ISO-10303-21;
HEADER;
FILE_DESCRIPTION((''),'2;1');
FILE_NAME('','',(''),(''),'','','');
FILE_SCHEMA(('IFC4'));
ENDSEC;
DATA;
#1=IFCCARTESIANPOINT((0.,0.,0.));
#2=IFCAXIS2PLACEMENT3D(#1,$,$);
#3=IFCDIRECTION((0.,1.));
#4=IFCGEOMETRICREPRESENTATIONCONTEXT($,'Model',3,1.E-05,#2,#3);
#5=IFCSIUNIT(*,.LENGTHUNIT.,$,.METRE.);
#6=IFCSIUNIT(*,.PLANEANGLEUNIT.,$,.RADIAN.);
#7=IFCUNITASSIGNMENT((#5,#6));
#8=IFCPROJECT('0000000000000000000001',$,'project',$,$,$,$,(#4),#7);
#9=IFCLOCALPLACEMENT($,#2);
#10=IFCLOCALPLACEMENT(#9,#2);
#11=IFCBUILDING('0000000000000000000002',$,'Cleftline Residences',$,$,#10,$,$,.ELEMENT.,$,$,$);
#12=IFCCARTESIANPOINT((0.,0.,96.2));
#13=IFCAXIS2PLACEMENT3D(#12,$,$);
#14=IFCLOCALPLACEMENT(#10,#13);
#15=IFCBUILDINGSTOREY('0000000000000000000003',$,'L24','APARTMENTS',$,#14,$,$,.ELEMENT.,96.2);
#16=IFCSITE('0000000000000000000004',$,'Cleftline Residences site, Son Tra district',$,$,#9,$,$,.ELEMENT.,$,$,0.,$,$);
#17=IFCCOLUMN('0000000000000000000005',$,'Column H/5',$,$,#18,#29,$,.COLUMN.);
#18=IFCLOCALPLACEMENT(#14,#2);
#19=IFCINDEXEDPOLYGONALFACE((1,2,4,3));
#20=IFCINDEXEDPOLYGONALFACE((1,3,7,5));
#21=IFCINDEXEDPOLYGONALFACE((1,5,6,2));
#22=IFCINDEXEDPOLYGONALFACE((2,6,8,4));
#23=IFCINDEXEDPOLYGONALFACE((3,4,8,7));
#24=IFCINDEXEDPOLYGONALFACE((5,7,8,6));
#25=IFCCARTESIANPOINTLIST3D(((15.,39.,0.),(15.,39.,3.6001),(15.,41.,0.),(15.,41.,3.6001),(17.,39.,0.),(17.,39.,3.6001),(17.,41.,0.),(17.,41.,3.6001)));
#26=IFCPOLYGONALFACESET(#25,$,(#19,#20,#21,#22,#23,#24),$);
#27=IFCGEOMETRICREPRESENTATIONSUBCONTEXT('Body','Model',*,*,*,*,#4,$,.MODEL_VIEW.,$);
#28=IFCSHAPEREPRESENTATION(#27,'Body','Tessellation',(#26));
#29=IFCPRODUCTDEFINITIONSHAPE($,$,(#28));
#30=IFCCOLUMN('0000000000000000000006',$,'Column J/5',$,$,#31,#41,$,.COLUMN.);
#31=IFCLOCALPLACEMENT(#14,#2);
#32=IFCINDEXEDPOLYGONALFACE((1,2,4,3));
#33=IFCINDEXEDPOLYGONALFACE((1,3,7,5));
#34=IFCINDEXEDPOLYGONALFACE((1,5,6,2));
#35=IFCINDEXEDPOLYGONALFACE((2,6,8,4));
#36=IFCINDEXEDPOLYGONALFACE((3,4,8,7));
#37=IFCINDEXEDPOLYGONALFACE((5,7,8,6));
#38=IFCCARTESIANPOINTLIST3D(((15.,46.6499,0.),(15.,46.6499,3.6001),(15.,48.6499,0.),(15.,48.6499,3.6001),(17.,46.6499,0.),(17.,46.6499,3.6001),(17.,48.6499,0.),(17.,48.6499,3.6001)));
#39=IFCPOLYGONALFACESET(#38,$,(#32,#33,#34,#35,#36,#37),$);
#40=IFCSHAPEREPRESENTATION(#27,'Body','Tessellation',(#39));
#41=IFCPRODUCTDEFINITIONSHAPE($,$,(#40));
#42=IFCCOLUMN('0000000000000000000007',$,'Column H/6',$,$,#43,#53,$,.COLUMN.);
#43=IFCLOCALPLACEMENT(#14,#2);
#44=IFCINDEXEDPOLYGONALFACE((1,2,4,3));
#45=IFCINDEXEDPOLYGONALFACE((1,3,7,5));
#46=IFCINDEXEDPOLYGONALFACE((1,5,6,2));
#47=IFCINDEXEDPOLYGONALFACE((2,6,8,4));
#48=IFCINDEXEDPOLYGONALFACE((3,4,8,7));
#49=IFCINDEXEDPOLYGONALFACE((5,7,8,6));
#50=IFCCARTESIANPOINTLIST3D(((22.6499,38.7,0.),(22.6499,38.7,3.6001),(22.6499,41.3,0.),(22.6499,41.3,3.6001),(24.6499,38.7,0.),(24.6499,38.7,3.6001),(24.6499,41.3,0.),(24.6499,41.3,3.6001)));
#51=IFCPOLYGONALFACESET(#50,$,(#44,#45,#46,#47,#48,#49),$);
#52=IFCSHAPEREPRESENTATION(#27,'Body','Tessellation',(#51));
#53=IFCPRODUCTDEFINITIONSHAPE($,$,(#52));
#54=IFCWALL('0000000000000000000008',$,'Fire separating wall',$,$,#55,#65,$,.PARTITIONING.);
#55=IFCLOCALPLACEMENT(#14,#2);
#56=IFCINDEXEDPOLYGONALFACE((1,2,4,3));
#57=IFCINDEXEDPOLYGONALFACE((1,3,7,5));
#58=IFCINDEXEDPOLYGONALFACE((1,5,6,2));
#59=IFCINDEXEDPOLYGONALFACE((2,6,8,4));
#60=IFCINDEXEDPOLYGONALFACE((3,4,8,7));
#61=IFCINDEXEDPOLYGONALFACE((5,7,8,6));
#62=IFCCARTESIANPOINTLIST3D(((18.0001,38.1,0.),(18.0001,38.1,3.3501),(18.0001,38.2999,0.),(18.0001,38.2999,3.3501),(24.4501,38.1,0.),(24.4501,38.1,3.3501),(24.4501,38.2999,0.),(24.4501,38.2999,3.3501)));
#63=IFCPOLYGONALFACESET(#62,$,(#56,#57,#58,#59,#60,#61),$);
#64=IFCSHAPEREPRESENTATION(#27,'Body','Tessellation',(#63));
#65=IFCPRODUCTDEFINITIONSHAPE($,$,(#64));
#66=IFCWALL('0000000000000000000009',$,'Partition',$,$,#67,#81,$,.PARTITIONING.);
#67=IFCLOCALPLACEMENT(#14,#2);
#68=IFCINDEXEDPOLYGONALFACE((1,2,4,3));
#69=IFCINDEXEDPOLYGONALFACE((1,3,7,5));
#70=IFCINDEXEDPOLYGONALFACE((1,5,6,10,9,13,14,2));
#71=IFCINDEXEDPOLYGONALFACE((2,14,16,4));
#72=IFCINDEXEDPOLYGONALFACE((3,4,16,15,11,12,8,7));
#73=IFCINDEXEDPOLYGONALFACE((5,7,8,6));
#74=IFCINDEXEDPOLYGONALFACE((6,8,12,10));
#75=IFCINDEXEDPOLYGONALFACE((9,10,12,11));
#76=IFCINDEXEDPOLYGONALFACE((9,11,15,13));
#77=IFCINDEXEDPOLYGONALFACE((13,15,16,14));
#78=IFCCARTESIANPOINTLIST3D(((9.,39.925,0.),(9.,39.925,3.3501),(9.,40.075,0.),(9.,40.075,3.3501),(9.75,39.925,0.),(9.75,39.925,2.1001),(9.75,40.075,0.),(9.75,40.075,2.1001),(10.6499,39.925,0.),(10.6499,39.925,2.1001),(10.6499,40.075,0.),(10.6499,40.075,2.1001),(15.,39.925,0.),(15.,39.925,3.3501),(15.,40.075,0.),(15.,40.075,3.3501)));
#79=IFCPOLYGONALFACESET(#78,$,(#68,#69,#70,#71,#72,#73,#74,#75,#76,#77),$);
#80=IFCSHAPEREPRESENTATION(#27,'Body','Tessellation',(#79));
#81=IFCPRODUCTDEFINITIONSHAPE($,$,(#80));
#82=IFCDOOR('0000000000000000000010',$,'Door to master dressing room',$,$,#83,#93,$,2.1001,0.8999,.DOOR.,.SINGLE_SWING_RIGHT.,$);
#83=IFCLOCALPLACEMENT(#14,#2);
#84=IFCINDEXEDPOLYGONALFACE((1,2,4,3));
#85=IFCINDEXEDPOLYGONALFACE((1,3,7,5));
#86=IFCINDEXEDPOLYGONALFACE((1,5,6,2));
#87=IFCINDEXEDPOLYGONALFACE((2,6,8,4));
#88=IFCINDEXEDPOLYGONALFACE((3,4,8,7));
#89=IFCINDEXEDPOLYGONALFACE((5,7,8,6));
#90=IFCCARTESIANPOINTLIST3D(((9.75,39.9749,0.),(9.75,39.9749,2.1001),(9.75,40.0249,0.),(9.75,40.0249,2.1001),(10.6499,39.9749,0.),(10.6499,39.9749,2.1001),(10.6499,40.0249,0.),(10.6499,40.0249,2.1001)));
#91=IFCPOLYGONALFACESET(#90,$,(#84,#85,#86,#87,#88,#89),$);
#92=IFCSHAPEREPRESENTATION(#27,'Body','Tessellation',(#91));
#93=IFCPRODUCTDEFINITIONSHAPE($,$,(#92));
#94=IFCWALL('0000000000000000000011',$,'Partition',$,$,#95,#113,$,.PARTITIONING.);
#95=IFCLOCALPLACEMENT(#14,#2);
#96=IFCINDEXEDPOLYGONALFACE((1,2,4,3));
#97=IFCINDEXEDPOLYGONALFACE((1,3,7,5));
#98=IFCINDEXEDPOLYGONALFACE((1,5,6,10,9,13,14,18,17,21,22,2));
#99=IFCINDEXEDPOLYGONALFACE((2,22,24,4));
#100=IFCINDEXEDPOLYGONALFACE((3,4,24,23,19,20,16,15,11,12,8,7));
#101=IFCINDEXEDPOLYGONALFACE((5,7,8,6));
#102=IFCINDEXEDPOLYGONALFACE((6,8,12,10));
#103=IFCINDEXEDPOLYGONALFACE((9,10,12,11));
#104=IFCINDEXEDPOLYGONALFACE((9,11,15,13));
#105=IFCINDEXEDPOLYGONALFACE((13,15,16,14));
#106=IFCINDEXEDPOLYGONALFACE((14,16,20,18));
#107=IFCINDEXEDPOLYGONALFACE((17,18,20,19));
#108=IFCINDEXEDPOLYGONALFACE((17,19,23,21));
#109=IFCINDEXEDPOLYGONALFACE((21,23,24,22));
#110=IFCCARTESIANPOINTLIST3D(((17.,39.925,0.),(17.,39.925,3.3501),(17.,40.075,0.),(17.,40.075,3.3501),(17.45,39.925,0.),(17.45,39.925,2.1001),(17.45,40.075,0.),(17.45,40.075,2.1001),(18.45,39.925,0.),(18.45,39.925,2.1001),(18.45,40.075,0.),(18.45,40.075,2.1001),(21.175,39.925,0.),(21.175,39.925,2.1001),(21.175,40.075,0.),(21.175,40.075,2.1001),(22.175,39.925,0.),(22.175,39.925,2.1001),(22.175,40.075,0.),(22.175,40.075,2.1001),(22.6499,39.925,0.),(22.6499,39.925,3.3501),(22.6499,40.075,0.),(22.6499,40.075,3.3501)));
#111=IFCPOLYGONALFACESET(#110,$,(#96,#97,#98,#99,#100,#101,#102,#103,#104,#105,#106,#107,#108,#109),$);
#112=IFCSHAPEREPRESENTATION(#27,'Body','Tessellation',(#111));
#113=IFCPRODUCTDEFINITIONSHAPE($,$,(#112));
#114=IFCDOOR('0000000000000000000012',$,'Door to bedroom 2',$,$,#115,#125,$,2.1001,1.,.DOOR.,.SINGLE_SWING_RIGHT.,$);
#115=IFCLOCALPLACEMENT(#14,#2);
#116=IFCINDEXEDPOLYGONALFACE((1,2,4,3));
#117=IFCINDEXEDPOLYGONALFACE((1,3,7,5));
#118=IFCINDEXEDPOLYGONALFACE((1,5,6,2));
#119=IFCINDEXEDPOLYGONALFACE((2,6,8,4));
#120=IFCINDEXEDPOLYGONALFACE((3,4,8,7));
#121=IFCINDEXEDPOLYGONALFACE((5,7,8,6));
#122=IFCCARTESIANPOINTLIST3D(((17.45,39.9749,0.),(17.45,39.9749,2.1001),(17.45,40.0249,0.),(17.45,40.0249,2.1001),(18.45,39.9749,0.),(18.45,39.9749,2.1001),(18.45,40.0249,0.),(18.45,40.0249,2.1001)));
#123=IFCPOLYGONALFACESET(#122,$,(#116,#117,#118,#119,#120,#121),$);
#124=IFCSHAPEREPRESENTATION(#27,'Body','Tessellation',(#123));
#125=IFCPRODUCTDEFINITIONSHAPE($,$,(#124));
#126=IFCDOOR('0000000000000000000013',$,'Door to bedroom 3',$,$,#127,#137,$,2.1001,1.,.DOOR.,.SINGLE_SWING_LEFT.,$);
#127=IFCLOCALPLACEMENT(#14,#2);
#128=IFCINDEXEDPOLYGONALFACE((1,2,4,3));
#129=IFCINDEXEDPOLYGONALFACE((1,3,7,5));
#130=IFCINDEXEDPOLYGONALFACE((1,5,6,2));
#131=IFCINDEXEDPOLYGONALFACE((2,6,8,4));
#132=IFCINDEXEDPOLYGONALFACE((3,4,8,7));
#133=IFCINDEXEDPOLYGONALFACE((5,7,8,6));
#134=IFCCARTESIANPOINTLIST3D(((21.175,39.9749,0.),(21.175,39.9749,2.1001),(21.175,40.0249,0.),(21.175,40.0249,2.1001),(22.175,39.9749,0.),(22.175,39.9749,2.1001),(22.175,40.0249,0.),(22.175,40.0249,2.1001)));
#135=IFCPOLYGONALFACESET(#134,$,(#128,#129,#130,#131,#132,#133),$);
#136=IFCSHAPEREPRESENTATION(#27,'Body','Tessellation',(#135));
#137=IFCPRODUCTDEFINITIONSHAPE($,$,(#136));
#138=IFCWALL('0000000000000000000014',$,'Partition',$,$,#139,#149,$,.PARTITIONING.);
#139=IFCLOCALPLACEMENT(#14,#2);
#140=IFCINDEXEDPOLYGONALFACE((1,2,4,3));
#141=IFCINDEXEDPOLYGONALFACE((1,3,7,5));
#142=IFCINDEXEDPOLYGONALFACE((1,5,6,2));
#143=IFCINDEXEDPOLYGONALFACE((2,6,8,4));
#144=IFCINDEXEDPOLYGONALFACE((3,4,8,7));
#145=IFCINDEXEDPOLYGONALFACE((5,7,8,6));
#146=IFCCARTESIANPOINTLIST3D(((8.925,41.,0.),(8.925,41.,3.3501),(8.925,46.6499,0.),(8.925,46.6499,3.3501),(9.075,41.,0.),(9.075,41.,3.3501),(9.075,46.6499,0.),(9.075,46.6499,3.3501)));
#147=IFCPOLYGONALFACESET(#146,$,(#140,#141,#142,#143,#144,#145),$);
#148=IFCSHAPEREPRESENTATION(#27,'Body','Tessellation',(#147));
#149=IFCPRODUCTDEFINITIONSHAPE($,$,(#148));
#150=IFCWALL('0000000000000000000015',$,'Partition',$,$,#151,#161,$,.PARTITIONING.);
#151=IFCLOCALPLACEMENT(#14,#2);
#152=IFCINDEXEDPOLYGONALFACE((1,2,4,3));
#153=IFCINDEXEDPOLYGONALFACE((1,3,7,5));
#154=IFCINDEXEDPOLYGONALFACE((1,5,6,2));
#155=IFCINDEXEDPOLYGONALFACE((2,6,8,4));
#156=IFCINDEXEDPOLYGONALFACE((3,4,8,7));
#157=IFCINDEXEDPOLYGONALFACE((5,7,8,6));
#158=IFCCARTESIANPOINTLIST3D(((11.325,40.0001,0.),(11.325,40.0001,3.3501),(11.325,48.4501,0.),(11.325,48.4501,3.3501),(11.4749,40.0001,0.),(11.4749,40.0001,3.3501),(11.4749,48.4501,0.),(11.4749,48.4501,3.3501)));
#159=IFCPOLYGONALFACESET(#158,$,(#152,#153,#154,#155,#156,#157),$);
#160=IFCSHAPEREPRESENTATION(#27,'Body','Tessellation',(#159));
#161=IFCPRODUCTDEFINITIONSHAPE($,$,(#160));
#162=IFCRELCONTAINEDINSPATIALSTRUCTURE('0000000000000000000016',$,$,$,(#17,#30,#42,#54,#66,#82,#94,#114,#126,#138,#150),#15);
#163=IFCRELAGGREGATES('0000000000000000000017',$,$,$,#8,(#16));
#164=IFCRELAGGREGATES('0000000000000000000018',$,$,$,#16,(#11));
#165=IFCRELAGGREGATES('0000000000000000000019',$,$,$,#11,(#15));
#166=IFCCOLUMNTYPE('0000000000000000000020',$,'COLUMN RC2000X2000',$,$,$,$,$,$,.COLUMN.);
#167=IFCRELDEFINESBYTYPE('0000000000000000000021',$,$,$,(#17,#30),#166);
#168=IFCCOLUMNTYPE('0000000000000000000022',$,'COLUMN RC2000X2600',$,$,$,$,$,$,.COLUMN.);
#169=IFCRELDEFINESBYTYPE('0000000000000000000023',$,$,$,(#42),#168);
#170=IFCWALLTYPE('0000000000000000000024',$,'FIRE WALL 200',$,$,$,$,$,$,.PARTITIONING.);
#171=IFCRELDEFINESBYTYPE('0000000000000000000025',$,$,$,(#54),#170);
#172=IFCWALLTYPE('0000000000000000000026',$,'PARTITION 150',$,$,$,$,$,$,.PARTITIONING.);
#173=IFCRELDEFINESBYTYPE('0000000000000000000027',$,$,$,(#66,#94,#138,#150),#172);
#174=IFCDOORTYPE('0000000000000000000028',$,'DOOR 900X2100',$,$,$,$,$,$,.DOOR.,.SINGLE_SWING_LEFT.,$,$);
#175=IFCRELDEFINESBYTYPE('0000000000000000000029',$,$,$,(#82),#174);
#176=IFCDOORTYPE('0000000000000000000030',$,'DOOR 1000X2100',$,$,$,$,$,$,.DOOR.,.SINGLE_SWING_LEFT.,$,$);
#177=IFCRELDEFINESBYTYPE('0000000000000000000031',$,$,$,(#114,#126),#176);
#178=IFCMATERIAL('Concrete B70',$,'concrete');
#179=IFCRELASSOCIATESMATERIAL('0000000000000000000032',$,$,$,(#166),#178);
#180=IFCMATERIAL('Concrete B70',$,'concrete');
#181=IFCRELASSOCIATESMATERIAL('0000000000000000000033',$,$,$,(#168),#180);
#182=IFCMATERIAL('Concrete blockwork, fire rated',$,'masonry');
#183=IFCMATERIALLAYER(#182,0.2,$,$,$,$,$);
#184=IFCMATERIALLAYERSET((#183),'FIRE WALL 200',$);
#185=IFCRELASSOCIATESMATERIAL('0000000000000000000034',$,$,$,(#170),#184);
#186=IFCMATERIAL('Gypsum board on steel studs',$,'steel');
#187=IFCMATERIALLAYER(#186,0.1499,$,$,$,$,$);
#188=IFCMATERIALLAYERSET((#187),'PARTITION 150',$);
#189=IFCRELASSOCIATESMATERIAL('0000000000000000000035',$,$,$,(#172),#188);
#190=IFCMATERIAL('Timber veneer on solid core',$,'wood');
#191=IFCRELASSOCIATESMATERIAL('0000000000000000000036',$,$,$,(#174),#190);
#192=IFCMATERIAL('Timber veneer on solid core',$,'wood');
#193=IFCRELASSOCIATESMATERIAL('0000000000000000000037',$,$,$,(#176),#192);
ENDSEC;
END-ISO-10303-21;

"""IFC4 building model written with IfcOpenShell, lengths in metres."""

from ifc_helpers import new_model, si_unit, direction, frame, frame_2d, origin, origin_2d, place, context, subcontext, project, spatial, rectangle, extrude, material, layer, layer_set, material_profile, profile_set, type_object, element, fill, save


model = new_model("IFC4")

# Units and contexts
model_context = context("Model", 3, precision=1e-05, world=origin(), true_north=direction((0.0, 1.0)))
body_context = subcontext(model_context, "Body", "Model", "MODEL_VIEW")
ifc_project = project(units=[si_unit("LENGTHUNIT", "METRE"), si_unit("PLANEANGLEUNIT", "RADIAN")], contexts=[model_context])

# Site, building, storey
site_placement = place(None, origin())
site = spatial("IfcSite", under=ifc_project, at=site_placement, Name="Cleftline Residences site, Son Tra district", CompositionType="ELEMENT", RefElevation=0.0)
building_placement = place(site_placement, origin())
building = spatial("IfcBuilding", under=site, at=building_placement, Name="Cleftline Residences", CompositionType="ELEMENT")
storey_placement = place(building_placement, frame((0.0, 0.0, 96.2)))
storey = spatial("IfcBuildingStorey", under=building, at=storey_placement, Name="L24", Description="APARTMENTS", CompositionType="ELEMENT", Elevation=96.2)

# Columns
ifc_material_1 = material(Name="Concrete B70", Category="concrete")
ifc_material_profile_1 = material_profile(ifc_material_1, rectangle(XDim=2.0, YDim=2.0, at=origin_2d()))
ifc_profile_set_1 = profile_set([ifc_material_profile_1], Name="Concrete B70")
column_type_1 = type_object("IfcColumnType", Name="COLUMN RC2000X2000", PredefinedType="COLUMN", material=ifc_profile_set_1)
for number, where, z_axis, x_axis, name in (
    (1, (16.0, 40.0, 0.0), (0.0, 0.0, 1.0), (1.0, 0.0, 0.0), "Column H/5"),
    (2, (16.0, 47.6499, 0.0), (0.0, 0.0, 1.0), (1.0, 0.0, 0.0), "Column J/5"),
):
    element("IfcColumn", number, at=place(storey_placement, frame(where, z_axis=z_axis, x_axis=x_axis)), inside=storey, type_object=column_type_1, Name=name, PredefinedType="COLUMN", context=body_context, shape_type="SweptSolid", body=[
        extrude(rectangle(XDim=2.0, YDim=2.0, at=origin_2d()), origin(), (0.0, 0.0, 1.0), 3.6001),
    ])
ifc_material_2 = material(Name="Concrete B70", Category="concrete")
ifc_material_profile_2 = material_profile(ifc_material_2, rectangle(XDim=2.0, YDim=2.6001, at=origin_2d()))
ifc_profile_set_2 = profile_set([ifc_material_profile_2], Name="Concrete B70")
column_type_2 = type_object("IfcColumnType", Name="COLUMN RC2000X2600", PredefinedType="COLUMN", material=ifc_profile_set_2)
column_placement = place(storey_placement, frame((23.6499, 40.0, 0.0), z_axis=(0.0, 0.0, 1.0), x_axis=(1.0, 0.0, 0.0)))
element("IfcColumn", 3, at=column_placement, inside=storey, type_object=column_type_2, Name="Column H/6", PredefinedType="COLUMN", context=body_context, shape_type="SweptSolid", body=[
    extrude(rectangle(XDim=2.0, YDim=2.6001, at=origin_2d()), origin(), (0.0, 0.0, 1.0), 3.6001),
])

# Wall
ifc_material_3 = material(Name="Concrete blockwork, fire rated", Category="masonry")
ifc_layer_1 = layer(ifc_material_3, 0.2)
ifc_layer_set_1 = layer_set([ifc_layer_1], Name="FIRE WALL 200")
wall_type_1 = type_object("IfcWallType", Name="FIRE WALL 200", PredefinedType="PARTITIONING", material=ifc_layer_set_1)
wall_1_placement = place(storey_placement, frame((18.0, 38.2, 0.0), z_axis=(0.0, 0.0, 1.0), x_axis=(1.0, 0.0, 0.0)))
element("IfcWall", 4, at=wall_1_placement, inside=storey, type_object=wall_type_1, Name="Fire separating wall", PredefinedType="PARTITIONING", context=body_context, shape_type="SweptSolid", body=[
    extrude(rectangle(XDim=6.45, YDim=0.2, at=frame_2d((3.2251, 0.0))), origin(), (0.0, 0.0, 1.0), 3.3501),
])

# Wall, opening, door
ifc_material_4 = material(Name="Gypsum board on steel studs", Category="steel")
ifc_layer_2 = layer(ifc_material_4, 0.1499)
ifc_layer_set_2 = layer_set([ifc_layer_2], Name="PARTITION 150")
wall_type_2 = type_object("IfcWallType", Name="PARTITION 150", PredefinedType="PARTITIONING", material=ifc_layer_set_2)
wall_2_placement = place(storey_placement, frame((9.0, 40.0, 0.0), z_axis=(0.0, 0.0, 1.0), x_axis=(1.0, 0.0, 0.0)))
wall_2 = element("IfcWall", 5, at=wall_2_placement, inside=storey, type_object=wall_type_2, Name="Partition", PredefinedType="PARTITIONING", context=body_context, shape_type="SweptSolid", body=[
    extrude(rectangle(XDim=6.0, YDim=0.1499, at=frame_2d((3.0, 0.0))), origin(), (0.0, 0.0, 1.0), 3.3501),
])
opening_1_placement = place(wall_2_placement, frame((0.75, 0.0, 0.0)))
opening_1 = element("IfcOpeningElement", 6, at=opening_1_placement, cuts=wall_2, PredefinedType="OPENING", context=body_context, shape_type="SweptSolid", body=[
    extrude(rectangle(XDim=0.8999, YDim=2.1001, at=frame_2d((0.45, 1.05))), frame((0.0, 0.085, 0.0), z_axis=(0.0, -1.0, 0.0), x_axis=(1.0, 0.0, 0.0)), (0.0, 0.0, 1.0), 0.1699),
])
ifc_material_5 = material(Name="Timber veneer on solid core", Category="wood")
door_type_1 = type_object("IfcDoorType", Name="DOOR 900X2100", OperationType="SINGLE_SWING_LEFT", PredefinedType="DOOR", material=ifc_material_5)
door_1_placement = place(opening_1_placement, origin())
door_1 = element("IfcDoor", 7, at=door_1_placement, inside=storey, type_object=door_type_1, Name="Door to master dressing room", OperationType="SINGLE_SWING_RIGHT", OverallHeight=2.1001, OverallWidth=0.8999, PredefinedType="DOOR", context=body_context, shape_type="SweptSolid", body=[
    extrude(rectangle(XDim=0.8999, YDim=2.1001, at=frame_2d((0.45, 1.05))), frame((0.0, 0.0249, 0.0), z_axis=(0.0, -1.0, 0.0), x_axis=(1.0, 0.0, 0.0)), (0.0, 0.0, 1.0), 0.05),
])
fill(opening_1, door_1)

# Wall, openings, doors
wall_3_placement = place(storey_placement, frame((17.0, 40.0, 0.0), z_axis=(0.0, 0.0, 1.0), x_axis=(1.0, 0.0, 0.0)))
wall_3 = element("IfcWall", 8, at=wall_3_placement, inside=storey, type_object=wall_type_2, Name="Partition", PredefinedType="PARTITIONING", context=body_context, shape_type="SweptSolid", body=[
    extrude(rectangle(XDim=5.6499, YDim=0.1499, at=frame_2d((2.825, 0.0))), origin(), (0.0, 0.0, 1.0), 3.3501),
])
opening_2_placement = place(wall_3_placement, frame((0.45, 0.0, 0.0)))
opening_2 = element("IfcOpeningElement", 9, at=opening_2_placement, cuts=wall_3, PredefinedType="OPENING", context=body_context, shape_type="SweptSolid", body=[
    extrude(rectangle(XDim=1.0, YDim=2.1001, at=frame_2d((0.5, 1.05))), frame((0.0, 0.085, 0.0), z_axis=(0.0, -1.0, 0.0), x_axis=(1.0, 0.0, 0.0)), (0.0, 0.0, 1.0), 0.1699),
])
opening_3_placement = place(wall_3_placement, frame((4.175, 0.0, 0.0)))
opening_3 = element("IfcOpeningElement", 10, at=opening_3_placement, cuts=wall_3, PredefinedType="OPENING", context=body_context, shape_type="SweptSolid", body=[
    extrude(rectangle(XDim=1.0, YDim=2.1001, at=frame_2d((0.5, 1.05))), frame((0.0, 0.085, 0.0), z_axis=(0.0, -1.0, 0.0), x_axis=(1.0, 0.0, 0.0)), (0.0, 0.0, 1.0), 0.1699),
])
ifc_material_6 = material(Name="Timber veneer on solid core", Category="wood")
door_type_2 = type_object("IfcDoorType", Name="DOOR 1000X2100", OperationType="SINGLE_SWING_LEFT", PredefinedType="DOOR", material=ifc_material_6)
door_2_placement = place(opening_2_placement, origin())
door_2 = element("IfcDoor", 11, at=door_2_placement, inside=storey, type_object=door_type_2, Name="Door to bedroom 2", OperationType="SINGLE_SWING_RIGHT", OverallHeight=2.1001, OverallWidth=1.0, PredefinedType="DOOR", context=body_context, shape_type="SweptSolid", body=[
    extrude(rectangle(XDim=1.0, YDim=2.1001, at=frame_2d((0.5, 1.05))), frame((0.0, 0.0249, 0.0), z_axis=(0.0, -1.0, 0.0), x_axis=(1.0, 0.0, 0.0)), (0.0, 0.0, 1.0), 0.05),
])
fill(opening_2, door_2)
door_3_placement = place(opening_3_placement, origin())
door_3 = element("IfcDoor", 12, at=door_3_placement, inside=storey, type_object=door_type_2, Name="Door to bedroom 3", OperationType="SINGLE_SWING_LEFT", OverallHeight=2.1001, OverallWidth=1.0, PredefinedType="DOOR", context=body_context, shape_type="SweptSolid", body=[
    extrude(rectangle(XDim=1.0, YDim=2.1001, at=frame_2d((0.5, 1.05))), frame((0.0, 0.0249, 0.0), z_axis=(0.0, -1.0, 0.0), x_axis=(1.0, 0.0, 0.0)), (0.0, 0.0, 1.0), 0.05),
])
fill(opening_3, door_3)

# Walls
wall_4_placement = place(storey_placement, frame((9.0, 41.0, 0.0), z_axis=(0.0, 0.0, 1.0), x_axis=(0.0, 1.0, 0.0)))
element("IfcWall", 13, at=wall_4_placement, inside=storey, type_object=wall_type_2, Name="Partition", PredefinedType="PARTITIONING", context=body_context, shape_type="SweptSolid", body=[
    extrude(rectangle(XDim=5.6499, YDim=0.1499, at=frame_2d((2.825, 0.0))), origin(), (0.0, 0.0, 1.0), 3.3501),
])
wall_5_placement = place(storey_placement, frame((11.3999, 40.0, 0.0), z_axis=(0.0, 0.0, 1.0), x_axis=(0.0, 1.0, 0.0)))
element("IfcWall", 14, at=wall_5_placement, inside=storey, type_object=wall_type_2, Name="Partition", PredefinedType="PARTITIONING", context=body_context, shape_type="SweptSolid", body=[
    extrude(rectangle(XDim=8.45, YDim=0.1499, at=frame_2d((4.2251, 0.0))), origin(), (0.0, 0.0, 1.0), 3.3501),
])

save(model, "model.ifc")
